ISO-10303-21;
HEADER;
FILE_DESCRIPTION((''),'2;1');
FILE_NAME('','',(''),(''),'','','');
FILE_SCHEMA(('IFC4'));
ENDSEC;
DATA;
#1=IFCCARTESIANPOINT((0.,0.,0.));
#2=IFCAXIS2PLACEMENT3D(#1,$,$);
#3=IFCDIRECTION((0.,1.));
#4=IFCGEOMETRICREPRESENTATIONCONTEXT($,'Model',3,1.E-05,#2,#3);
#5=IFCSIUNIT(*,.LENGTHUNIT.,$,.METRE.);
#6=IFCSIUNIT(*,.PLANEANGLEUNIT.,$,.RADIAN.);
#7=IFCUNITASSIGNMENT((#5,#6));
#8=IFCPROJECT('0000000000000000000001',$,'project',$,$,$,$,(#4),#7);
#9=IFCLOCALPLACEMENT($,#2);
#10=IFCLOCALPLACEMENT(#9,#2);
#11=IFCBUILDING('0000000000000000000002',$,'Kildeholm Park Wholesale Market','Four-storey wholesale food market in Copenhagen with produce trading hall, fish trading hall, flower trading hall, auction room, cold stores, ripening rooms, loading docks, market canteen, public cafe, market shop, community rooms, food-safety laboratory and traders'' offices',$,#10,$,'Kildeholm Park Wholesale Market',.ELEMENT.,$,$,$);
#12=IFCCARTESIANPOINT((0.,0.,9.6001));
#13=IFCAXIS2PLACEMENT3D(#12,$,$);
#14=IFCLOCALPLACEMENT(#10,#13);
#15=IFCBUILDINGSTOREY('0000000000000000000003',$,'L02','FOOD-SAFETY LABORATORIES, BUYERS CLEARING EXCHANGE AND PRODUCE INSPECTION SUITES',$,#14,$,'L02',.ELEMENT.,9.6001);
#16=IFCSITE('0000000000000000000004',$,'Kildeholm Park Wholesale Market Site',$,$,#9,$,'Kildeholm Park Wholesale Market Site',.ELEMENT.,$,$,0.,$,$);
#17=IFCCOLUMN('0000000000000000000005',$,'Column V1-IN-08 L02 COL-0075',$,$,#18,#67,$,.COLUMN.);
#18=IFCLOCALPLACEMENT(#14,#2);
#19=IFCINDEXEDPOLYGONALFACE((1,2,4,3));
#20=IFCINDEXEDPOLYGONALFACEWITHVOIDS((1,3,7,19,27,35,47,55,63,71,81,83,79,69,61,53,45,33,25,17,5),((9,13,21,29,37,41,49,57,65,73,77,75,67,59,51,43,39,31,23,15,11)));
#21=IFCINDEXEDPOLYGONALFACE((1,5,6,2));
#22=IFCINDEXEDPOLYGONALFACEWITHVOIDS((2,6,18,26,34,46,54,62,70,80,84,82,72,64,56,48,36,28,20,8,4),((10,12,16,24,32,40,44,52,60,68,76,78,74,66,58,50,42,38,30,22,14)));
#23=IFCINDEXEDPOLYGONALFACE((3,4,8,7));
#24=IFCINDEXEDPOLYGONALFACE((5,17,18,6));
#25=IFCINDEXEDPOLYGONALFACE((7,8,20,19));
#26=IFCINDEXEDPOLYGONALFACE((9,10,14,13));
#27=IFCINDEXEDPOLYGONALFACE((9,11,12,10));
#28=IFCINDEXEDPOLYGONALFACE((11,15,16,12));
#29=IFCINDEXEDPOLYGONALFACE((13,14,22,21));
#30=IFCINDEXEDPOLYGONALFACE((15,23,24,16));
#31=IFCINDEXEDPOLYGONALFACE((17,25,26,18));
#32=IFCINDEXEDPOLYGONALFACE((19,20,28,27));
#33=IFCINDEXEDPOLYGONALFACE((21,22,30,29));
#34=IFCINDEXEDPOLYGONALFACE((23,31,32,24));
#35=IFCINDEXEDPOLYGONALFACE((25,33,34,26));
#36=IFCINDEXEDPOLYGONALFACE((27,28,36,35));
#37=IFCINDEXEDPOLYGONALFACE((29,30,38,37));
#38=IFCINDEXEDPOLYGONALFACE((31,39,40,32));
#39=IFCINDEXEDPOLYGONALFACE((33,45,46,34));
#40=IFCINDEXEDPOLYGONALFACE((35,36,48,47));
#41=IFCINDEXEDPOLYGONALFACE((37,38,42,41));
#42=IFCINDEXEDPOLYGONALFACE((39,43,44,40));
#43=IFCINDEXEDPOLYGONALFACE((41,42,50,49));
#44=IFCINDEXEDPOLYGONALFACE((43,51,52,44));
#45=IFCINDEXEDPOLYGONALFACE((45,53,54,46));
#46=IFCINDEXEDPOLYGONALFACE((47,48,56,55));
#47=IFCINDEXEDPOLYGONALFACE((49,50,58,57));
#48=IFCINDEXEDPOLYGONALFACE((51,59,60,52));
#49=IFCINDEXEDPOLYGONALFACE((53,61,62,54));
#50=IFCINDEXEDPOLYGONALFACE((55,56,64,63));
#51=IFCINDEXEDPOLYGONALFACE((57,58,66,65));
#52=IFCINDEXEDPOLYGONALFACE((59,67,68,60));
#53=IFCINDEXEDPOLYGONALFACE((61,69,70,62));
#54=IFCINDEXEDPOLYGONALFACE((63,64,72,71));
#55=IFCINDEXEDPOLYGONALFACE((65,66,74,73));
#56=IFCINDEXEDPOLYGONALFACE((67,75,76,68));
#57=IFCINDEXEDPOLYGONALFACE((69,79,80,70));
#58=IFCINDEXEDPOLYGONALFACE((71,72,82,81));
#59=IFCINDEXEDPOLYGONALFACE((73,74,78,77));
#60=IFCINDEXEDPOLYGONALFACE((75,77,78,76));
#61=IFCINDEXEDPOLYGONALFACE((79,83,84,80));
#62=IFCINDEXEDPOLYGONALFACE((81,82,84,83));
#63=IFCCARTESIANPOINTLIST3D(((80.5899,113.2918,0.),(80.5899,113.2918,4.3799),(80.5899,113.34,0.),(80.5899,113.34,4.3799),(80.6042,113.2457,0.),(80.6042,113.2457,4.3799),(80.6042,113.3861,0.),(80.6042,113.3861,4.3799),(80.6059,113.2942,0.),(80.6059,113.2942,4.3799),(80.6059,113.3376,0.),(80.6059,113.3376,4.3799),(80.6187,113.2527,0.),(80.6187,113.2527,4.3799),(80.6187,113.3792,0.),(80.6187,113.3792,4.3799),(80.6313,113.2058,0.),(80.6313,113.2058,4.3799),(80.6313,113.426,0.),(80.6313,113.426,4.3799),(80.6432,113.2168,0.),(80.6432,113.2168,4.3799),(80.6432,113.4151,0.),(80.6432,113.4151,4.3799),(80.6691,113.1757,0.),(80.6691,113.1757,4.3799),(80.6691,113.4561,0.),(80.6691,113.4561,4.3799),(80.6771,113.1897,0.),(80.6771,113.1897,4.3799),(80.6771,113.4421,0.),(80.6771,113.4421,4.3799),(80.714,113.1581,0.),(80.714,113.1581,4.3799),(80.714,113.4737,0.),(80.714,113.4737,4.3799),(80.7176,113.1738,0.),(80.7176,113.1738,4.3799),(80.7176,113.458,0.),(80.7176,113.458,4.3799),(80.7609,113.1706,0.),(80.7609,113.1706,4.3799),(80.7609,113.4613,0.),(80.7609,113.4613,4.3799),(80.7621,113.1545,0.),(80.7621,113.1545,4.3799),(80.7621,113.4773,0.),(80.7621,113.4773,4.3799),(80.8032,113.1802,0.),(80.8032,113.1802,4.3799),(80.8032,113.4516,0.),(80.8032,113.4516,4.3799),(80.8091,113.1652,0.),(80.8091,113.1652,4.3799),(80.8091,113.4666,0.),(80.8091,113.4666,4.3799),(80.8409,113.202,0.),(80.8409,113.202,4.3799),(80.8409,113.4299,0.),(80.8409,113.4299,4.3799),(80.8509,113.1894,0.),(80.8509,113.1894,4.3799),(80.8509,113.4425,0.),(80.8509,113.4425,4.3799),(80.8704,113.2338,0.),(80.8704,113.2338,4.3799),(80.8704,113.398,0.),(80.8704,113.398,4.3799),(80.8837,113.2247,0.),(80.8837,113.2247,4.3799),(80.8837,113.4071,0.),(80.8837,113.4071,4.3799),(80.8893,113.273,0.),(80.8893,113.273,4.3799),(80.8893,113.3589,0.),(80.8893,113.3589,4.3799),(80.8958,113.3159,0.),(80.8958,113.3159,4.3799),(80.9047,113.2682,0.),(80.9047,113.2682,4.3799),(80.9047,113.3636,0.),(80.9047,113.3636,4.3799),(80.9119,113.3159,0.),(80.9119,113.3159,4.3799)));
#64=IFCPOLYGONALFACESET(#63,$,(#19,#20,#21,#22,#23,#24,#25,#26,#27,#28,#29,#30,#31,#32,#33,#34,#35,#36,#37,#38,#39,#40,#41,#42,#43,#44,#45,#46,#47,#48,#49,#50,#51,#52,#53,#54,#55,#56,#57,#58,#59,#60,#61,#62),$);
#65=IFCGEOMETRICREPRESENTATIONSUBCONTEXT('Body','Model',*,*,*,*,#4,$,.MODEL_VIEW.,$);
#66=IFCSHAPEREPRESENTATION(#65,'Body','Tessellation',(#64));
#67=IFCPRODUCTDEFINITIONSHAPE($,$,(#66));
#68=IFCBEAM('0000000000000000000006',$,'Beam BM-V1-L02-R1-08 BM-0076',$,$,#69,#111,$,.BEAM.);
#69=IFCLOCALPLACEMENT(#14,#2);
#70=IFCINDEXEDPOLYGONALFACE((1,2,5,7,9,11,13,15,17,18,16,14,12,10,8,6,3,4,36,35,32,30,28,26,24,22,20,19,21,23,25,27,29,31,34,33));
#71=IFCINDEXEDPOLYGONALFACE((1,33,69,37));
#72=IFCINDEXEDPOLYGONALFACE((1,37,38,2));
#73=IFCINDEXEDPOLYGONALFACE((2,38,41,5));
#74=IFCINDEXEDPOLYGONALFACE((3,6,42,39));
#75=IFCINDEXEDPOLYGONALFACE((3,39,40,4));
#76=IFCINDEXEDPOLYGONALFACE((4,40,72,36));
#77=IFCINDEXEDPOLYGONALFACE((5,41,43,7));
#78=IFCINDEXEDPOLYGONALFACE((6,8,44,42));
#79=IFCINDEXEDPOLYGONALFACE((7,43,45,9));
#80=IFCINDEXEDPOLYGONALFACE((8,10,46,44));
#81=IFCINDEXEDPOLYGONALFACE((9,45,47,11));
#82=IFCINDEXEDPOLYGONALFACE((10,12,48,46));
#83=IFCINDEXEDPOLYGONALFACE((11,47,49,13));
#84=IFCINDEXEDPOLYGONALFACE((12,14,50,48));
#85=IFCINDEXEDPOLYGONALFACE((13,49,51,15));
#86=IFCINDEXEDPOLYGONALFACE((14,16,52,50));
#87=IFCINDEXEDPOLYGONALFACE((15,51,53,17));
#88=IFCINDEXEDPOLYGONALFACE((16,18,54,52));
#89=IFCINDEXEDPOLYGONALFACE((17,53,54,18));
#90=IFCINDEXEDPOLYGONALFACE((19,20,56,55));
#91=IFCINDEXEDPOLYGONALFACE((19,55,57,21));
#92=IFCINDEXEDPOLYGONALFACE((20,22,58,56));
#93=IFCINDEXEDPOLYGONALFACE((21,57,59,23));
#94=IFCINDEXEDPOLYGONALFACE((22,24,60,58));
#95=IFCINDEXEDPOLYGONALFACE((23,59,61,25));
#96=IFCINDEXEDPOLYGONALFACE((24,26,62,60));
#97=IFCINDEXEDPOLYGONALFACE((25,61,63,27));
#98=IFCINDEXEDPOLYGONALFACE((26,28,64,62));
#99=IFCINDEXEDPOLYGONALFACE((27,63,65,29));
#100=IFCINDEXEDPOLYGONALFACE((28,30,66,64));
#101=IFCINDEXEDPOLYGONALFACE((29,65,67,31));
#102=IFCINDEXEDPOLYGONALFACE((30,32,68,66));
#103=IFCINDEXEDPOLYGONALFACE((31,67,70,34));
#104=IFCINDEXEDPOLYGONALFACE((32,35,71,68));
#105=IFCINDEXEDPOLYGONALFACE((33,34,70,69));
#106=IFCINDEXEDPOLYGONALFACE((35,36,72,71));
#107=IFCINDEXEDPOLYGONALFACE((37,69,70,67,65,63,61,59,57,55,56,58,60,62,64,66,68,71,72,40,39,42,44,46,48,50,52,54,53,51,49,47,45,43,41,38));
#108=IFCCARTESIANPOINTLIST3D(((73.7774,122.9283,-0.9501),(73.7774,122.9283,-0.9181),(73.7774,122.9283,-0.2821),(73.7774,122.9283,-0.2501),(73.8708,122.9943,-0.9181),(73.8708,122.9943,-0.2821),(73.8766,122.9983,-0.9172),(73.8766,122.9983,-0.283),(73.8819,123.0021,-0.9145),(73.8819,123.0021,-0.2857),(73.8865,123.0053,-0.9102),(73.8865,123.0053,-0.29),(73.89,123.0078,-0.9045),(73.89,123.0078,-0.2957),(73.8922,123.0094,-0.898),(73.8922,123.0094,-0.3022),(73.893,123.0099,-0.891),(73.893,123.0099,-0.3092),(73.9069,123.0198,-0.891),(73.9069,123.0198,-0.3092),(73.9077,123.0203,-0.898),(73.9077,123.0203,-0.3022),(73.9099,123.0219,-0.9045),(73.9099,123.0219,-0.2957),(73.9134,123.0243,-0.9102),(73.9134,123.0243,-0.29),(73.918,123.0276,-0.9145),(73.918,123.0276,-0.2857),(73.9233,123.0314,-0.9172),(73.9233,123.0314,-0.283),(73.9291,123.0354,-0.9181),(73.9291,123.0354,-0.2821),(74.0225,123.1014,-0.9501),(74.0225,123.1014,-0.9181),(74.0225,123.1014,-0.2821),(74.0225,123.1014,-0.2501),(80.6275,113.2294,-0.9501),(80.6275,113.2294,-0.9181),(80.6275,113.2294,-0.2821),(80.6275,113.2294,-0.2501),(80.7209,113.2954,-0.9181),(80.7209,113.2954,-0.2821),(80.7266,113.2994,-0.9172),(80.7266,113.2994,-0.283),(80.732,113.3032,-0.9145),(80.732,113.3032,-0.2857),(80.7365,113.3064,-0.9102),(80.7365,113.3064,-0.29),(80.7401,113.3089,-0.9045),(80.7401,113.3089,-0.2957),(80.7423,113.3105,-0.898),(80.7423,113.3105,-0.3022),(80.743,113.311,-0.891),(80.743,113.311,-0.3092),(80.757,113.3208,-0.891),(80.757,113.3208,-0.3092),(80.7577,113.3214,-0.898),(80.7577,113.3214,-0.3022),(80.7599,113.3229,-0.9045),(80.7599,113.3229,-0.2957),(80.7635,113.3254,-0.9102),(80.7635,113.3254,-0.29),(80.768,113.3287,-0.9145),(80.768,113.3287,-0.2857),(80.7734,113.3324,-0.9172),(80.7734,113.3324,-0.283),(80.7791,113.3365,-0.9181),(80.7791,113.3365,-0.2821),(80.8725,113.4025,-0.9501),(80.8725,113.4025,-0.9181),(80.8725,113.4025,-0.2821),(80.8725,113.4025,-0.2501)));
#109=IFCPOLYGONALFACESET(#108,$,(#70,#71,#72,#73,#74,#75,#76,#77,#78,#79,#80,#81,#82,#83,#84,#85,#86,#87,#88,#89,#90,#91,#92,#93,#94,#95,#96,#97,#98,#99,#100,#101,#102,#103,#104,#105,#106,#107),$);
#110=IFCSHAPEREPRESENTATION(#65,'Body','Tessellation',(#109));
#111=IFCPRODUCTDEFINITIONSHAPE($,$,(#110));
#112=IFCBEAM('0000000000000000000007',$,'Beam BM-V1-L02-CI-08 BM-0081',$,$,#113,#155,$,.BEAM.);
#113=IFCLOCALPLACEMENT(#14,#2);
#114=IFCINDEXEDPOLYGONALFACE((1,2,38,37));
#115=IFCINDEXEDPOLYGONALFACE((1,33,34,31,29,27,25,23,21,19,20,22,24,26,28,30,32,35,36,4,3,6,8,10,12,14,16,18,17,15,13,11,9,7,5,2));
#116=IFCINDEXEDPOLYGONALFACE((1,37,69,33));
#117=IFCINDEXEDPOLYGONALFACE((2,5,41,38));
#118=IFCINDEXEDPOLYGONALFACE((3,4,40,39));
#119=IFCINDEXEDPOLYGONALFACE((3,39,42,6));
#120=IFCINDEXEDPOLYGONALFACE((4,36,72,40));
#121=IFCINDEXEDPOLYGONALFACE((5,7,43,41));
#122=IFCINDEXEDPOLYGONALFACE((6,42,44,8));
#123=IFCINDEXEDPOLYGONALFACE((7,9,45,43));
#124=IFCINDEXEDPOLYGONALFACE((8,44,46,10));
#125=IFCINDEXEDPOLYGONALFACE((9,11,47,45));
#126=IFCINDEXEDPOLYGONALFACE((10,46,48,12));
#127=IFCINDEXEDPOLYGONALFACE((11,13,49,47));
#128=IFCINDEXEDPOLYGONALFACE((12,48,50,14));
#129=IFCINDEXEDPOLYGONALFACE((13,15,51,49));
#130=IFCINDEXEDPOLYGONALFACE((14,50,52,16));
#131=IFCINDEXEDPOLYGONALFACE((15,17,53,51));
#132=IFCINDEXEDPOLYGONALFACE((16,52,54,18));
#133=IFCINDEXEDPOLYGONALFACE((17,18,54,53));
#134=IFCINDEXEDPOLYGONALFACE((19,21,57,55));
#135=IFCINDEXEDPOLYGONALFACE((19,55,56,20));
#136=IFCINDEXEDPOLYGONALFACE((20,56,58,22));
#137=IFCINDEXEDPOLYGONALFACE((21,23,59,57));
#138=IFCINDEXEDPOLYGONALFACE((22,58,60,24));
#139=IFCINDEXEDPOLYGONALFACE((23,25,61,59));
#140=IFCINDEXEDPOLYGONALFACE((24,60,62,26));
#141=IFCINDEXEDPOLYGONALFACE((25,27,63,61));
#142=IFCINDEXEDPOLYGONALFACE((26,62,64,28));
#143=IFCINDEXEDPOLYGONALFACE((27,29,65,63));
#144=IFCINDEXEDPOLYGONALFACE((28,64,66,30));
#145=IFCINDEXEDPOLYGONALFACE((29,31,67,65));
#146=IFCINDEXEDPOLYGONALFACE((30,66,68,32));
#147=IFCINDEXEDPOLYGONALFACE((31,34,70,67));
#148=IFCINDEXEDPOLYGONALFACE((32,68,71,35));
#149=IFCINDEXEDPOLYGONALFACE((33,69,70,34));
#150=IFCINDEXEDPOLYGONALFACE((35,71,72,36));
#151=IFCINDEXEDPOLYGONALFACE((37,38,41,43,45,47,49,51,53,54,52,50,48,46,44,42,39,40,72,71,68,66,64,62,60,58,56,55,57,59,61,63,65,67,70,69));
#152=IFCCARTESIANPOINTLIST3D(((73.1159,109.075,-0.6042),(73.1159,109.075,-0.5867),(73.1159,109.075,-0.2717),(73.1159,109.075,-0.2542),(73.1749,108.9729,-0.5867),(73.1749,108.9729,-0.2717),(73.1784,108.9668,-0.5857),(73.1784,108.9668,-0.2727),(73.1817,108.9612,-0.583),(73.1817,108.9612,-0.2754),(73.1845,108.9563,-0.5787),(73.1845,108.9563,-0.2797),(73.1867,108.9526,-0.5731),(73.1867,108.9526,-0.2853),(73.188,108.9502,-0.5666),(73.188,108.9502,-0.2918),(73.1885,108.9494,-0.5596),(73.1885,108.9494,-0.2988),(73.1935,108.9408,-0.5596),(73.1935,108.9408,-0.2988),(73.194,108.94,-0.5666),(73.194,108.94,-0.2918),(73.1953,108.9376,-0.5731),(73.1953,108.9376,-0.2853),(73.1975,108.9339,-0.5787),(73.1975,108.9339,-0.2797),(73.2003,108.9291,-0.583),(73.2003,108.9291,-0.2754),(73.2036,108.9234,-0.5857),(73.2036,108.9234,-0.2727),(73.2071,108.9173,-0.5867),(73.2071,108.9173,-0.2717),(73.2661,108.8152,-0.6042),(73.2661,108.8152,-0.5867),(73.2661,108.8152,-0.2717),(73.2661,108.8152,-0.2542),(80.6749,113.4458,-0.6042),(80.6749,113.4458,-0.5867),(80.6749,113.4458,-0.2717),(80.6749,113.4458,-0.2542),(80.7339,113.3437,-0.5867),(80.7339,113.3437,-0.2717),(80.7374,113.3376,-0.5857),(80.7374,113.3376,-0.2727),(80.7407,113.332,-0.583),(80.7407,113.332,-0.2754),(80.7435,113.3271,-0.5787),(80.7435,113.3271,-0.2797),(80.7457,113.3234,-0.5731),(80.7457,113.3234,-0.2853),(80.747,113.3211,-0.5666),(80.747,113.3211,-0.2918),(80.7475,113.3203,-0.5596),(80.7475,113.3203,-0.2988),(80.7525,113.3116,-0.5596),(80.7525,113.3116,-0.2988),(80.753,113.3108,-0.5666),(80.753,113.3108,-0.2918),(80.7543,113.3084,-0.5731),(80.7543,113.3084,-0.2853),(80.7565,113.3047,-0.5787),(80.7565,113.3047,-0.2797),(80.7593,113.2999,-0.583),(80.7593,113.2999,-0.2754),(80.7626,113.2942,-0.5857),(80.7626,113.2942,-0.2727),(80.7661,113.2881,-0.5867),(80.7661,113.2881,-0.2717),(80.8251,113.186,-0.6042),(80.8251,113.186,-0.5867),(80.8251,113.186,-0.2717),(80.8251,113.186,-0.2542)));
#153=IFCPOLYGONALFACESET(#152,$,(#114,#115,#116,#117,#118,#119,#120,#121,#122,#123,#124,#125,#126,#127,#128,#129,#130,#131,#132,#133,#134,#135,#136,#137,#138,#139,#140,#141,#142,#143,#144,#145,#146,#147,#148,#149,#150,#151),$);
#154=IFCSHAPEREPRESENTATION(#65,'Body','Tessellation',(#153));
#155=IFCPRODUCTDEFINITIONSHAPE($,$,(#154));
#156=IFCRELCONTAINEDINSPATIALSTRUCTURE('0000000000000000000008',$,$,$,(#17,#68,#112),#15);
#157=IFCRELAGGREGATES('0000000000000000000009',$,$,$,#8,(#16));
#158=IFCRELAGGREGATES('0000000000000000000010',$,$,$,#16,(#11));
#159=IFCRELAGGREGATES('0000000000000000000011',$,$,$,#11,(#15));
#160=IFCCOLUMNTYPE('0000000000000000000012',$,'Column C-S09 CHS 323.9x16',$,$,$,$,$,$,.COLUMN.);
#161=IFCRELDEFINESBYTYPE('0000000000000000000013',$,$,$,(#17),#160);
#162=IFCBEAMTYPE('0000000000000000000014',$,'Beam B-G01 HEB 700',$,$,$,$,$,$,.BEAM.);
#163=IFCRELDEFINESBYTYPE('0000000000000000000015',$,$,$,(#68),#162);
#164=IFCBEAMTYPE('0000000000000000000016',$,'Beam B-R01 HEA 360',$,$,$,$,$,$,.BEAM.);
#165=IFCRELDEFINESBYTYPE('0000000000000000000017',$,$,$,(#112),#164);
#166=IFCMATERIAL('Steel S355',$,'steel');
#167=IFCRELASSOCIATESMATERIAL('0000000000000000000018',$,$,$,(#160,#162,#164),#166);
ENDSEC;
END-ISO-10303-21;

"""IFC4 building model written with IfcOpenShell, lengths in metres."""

from ifc_helpers import new_model, si_unit, direction, frame, origin, origin_2d, place, context, subcontext, project, spatial, hollow_circle, i_section, extrude, material, material_profile, profile_set, type_object, element, save


model = new_model("IFC4")

# Units and contexts
model_context = context("Model", 3, precision=1e-05, world=origin(), true_north=direction((0.0, 1.0)))
body_context = subcontext(model_context, "Body", "Model", "MODEL_VIEW")
ifc_project = project(units=[si_unit("LENGTHUNIT", "METRE"), si_unit("PLANEANGLEUNIT", "RADIAN")], contexts=[model_context])

# Site, building, storey
site_placement = place(None, origin())
site = spatial("IfcSite", under=ifc_project, at=site_placement, Name="Kildeholm Park Wholesale Market Site", LongName="Kildeholm Park Wholesale Market Site", CompositionType="ELEMENT", RefElevation=0.0)
building_placement = place(site_placement, origin())
building = spatial("IfcBuilding", under=site, at=building_placement, Name="Kildeholm Park Wholesale Market", Description="Four-storey wholesale food market in Copenhagen with produce trading hall, fish trading hall, flower trading hall, auction room, cold stores, ripening rooms, loading docks, market canteen, public cafe, market shop, community rooms, food-safety laboratory and traders' offices", LongName="Kildeholm Park Wholesale Market", CompositionType="ELEMENT")
storey_placement = place(building_placement, frame((0.0, 0.0, 9.6001)))
storey = spatial("IfcBuildingStorey", under=building, at=storey_placement, Name="L02", Description="FOOD-SAFETY LABORATORIES, BUYERS CLEARING EXCHANGE AND PRODUCE INSPECTION SUITES", LongName="L02", CompositionType="ELEMENT", Elevation=9.6001)

# Column
ifc_material_1 = material(Name="Steel S355", Category="steel")
ifc_material_profile_1 = material_profile(ifc_material_1, hollow_circle(Radius=0.1619, WallThickness=0.0161, at=origin_2d()), Name="CHS 323.9x16")
ifc_profile_set_1 = profile_set([ifc_material_profile_1], Name="Steel S355")
column_type = type_object("IfcColumnType", Name="Column C-S09 CHS 323.9x16", PredefinedType="COLUMN", material=ifc_profile_set_1)
column_placement = place(storey_placement, frame((80.75, 113.3159, 0.0), z_axis=(0.0, 0.0, 1.0), x_axis=(-0.5, 0.866025, 0.0)))
element("IfcColumn", 1, at=column_placement, inside=storey, type_object=column_type, Name="Column V1-IN-08 L02 COL-0075", PredefinedType="COLUMN", context=body_context, shape_type="SweptSolid", body=[
    extrude(hollow_circle(Radius=0.1619, WallThickness=0.0161, at=origin_2d()), origin(), (0.0, 0.0, 1.0), 4.3799),
])

# Beams
ifc_material_profile_2 = material_profile(ifc_material_1, i_section(OverallWidth=0.3, OverallDepth=0.7, WebThickness=0.0171, FlangeThickness=0.032, FilletRadius=0.0271, at=origin_2d()), Name="HEB 700")
ifc_profile_set_2 = profile_set([ifc_material_profile_2], Name="Steel S355")
beam_type_1 = type_object("IfcBeamType", Name="Beam B-G01 HEB 700", PredefinedType="BEAM", material=ifc_profile_set_2)
beam_1_placement = place(storey_placement, frame((80.75, 113.3159, -0.6001), z_axis=(-0.576895, 0.816819, 0.0), x_axis=(-0.816819, -0.576895, 0.0)))
element("IfcBeam", 2, at=beam_1_placement, inside=storey, type_object=beam_type_1, Name="Beam BM-V1-L02-R1-08 BM-0076", PredefinedType="BEAM", context=body_context, shape_type="SweptSolid", body=[
    extrude(i_section(OverallWidth=0.3, OverallDepth=0.7, WebThickness=0.0171, FlangeThickness=0.032, FilletRadius=0.0271, at=origin_2d()), origin(), (0.0, 0.0, 1.0), 11.874),
])
ifc_material_profile_3 = material_profile(ifc_material_1, i_section(OverallWidth=0.3, OverallDepth=0.3501, WebThickness=0.01, FlangeThickness=0.0176, FilletRadius=0.0271, at=origin_2d()), Name="HEA 360")
ifc_profile_set_3 = profile_set([ifc_material_profile_3], Name="Steel S355")
beam_type_2 = type_object("IfcBeamType", Name="Beam B-R01 HEA 360", PredefinedType="BEAM", material=ifc_profile_set_3)
beam_2_placement = place(storey_placement, frame((80.75, 113.3159, -0.4292), z_axis=(-0.865697, -0.500568, 0.0), x_axis=(0.500568, -0.865697, 0.0)))
element("IfcBeam", 3, at=beam_2_placement, inside=storey, type_object=beam_type_2, Name="Beam BM-V1-L02-CI-08 BM-0081", PredefinedType="BEAM", context=body_context, shape_type="SweptSolid", body=[
    extrude(i_section(OverallWidth=0.3, OverallDepth=0.3501, WebThickness=0.01, FlangeThickness=0.0176, FilletRadius=0.0271, at=origin_2d()), origin(), (0.0, 0.0, 1.0), 8.7317),
])

save(model, "model.ifc")
